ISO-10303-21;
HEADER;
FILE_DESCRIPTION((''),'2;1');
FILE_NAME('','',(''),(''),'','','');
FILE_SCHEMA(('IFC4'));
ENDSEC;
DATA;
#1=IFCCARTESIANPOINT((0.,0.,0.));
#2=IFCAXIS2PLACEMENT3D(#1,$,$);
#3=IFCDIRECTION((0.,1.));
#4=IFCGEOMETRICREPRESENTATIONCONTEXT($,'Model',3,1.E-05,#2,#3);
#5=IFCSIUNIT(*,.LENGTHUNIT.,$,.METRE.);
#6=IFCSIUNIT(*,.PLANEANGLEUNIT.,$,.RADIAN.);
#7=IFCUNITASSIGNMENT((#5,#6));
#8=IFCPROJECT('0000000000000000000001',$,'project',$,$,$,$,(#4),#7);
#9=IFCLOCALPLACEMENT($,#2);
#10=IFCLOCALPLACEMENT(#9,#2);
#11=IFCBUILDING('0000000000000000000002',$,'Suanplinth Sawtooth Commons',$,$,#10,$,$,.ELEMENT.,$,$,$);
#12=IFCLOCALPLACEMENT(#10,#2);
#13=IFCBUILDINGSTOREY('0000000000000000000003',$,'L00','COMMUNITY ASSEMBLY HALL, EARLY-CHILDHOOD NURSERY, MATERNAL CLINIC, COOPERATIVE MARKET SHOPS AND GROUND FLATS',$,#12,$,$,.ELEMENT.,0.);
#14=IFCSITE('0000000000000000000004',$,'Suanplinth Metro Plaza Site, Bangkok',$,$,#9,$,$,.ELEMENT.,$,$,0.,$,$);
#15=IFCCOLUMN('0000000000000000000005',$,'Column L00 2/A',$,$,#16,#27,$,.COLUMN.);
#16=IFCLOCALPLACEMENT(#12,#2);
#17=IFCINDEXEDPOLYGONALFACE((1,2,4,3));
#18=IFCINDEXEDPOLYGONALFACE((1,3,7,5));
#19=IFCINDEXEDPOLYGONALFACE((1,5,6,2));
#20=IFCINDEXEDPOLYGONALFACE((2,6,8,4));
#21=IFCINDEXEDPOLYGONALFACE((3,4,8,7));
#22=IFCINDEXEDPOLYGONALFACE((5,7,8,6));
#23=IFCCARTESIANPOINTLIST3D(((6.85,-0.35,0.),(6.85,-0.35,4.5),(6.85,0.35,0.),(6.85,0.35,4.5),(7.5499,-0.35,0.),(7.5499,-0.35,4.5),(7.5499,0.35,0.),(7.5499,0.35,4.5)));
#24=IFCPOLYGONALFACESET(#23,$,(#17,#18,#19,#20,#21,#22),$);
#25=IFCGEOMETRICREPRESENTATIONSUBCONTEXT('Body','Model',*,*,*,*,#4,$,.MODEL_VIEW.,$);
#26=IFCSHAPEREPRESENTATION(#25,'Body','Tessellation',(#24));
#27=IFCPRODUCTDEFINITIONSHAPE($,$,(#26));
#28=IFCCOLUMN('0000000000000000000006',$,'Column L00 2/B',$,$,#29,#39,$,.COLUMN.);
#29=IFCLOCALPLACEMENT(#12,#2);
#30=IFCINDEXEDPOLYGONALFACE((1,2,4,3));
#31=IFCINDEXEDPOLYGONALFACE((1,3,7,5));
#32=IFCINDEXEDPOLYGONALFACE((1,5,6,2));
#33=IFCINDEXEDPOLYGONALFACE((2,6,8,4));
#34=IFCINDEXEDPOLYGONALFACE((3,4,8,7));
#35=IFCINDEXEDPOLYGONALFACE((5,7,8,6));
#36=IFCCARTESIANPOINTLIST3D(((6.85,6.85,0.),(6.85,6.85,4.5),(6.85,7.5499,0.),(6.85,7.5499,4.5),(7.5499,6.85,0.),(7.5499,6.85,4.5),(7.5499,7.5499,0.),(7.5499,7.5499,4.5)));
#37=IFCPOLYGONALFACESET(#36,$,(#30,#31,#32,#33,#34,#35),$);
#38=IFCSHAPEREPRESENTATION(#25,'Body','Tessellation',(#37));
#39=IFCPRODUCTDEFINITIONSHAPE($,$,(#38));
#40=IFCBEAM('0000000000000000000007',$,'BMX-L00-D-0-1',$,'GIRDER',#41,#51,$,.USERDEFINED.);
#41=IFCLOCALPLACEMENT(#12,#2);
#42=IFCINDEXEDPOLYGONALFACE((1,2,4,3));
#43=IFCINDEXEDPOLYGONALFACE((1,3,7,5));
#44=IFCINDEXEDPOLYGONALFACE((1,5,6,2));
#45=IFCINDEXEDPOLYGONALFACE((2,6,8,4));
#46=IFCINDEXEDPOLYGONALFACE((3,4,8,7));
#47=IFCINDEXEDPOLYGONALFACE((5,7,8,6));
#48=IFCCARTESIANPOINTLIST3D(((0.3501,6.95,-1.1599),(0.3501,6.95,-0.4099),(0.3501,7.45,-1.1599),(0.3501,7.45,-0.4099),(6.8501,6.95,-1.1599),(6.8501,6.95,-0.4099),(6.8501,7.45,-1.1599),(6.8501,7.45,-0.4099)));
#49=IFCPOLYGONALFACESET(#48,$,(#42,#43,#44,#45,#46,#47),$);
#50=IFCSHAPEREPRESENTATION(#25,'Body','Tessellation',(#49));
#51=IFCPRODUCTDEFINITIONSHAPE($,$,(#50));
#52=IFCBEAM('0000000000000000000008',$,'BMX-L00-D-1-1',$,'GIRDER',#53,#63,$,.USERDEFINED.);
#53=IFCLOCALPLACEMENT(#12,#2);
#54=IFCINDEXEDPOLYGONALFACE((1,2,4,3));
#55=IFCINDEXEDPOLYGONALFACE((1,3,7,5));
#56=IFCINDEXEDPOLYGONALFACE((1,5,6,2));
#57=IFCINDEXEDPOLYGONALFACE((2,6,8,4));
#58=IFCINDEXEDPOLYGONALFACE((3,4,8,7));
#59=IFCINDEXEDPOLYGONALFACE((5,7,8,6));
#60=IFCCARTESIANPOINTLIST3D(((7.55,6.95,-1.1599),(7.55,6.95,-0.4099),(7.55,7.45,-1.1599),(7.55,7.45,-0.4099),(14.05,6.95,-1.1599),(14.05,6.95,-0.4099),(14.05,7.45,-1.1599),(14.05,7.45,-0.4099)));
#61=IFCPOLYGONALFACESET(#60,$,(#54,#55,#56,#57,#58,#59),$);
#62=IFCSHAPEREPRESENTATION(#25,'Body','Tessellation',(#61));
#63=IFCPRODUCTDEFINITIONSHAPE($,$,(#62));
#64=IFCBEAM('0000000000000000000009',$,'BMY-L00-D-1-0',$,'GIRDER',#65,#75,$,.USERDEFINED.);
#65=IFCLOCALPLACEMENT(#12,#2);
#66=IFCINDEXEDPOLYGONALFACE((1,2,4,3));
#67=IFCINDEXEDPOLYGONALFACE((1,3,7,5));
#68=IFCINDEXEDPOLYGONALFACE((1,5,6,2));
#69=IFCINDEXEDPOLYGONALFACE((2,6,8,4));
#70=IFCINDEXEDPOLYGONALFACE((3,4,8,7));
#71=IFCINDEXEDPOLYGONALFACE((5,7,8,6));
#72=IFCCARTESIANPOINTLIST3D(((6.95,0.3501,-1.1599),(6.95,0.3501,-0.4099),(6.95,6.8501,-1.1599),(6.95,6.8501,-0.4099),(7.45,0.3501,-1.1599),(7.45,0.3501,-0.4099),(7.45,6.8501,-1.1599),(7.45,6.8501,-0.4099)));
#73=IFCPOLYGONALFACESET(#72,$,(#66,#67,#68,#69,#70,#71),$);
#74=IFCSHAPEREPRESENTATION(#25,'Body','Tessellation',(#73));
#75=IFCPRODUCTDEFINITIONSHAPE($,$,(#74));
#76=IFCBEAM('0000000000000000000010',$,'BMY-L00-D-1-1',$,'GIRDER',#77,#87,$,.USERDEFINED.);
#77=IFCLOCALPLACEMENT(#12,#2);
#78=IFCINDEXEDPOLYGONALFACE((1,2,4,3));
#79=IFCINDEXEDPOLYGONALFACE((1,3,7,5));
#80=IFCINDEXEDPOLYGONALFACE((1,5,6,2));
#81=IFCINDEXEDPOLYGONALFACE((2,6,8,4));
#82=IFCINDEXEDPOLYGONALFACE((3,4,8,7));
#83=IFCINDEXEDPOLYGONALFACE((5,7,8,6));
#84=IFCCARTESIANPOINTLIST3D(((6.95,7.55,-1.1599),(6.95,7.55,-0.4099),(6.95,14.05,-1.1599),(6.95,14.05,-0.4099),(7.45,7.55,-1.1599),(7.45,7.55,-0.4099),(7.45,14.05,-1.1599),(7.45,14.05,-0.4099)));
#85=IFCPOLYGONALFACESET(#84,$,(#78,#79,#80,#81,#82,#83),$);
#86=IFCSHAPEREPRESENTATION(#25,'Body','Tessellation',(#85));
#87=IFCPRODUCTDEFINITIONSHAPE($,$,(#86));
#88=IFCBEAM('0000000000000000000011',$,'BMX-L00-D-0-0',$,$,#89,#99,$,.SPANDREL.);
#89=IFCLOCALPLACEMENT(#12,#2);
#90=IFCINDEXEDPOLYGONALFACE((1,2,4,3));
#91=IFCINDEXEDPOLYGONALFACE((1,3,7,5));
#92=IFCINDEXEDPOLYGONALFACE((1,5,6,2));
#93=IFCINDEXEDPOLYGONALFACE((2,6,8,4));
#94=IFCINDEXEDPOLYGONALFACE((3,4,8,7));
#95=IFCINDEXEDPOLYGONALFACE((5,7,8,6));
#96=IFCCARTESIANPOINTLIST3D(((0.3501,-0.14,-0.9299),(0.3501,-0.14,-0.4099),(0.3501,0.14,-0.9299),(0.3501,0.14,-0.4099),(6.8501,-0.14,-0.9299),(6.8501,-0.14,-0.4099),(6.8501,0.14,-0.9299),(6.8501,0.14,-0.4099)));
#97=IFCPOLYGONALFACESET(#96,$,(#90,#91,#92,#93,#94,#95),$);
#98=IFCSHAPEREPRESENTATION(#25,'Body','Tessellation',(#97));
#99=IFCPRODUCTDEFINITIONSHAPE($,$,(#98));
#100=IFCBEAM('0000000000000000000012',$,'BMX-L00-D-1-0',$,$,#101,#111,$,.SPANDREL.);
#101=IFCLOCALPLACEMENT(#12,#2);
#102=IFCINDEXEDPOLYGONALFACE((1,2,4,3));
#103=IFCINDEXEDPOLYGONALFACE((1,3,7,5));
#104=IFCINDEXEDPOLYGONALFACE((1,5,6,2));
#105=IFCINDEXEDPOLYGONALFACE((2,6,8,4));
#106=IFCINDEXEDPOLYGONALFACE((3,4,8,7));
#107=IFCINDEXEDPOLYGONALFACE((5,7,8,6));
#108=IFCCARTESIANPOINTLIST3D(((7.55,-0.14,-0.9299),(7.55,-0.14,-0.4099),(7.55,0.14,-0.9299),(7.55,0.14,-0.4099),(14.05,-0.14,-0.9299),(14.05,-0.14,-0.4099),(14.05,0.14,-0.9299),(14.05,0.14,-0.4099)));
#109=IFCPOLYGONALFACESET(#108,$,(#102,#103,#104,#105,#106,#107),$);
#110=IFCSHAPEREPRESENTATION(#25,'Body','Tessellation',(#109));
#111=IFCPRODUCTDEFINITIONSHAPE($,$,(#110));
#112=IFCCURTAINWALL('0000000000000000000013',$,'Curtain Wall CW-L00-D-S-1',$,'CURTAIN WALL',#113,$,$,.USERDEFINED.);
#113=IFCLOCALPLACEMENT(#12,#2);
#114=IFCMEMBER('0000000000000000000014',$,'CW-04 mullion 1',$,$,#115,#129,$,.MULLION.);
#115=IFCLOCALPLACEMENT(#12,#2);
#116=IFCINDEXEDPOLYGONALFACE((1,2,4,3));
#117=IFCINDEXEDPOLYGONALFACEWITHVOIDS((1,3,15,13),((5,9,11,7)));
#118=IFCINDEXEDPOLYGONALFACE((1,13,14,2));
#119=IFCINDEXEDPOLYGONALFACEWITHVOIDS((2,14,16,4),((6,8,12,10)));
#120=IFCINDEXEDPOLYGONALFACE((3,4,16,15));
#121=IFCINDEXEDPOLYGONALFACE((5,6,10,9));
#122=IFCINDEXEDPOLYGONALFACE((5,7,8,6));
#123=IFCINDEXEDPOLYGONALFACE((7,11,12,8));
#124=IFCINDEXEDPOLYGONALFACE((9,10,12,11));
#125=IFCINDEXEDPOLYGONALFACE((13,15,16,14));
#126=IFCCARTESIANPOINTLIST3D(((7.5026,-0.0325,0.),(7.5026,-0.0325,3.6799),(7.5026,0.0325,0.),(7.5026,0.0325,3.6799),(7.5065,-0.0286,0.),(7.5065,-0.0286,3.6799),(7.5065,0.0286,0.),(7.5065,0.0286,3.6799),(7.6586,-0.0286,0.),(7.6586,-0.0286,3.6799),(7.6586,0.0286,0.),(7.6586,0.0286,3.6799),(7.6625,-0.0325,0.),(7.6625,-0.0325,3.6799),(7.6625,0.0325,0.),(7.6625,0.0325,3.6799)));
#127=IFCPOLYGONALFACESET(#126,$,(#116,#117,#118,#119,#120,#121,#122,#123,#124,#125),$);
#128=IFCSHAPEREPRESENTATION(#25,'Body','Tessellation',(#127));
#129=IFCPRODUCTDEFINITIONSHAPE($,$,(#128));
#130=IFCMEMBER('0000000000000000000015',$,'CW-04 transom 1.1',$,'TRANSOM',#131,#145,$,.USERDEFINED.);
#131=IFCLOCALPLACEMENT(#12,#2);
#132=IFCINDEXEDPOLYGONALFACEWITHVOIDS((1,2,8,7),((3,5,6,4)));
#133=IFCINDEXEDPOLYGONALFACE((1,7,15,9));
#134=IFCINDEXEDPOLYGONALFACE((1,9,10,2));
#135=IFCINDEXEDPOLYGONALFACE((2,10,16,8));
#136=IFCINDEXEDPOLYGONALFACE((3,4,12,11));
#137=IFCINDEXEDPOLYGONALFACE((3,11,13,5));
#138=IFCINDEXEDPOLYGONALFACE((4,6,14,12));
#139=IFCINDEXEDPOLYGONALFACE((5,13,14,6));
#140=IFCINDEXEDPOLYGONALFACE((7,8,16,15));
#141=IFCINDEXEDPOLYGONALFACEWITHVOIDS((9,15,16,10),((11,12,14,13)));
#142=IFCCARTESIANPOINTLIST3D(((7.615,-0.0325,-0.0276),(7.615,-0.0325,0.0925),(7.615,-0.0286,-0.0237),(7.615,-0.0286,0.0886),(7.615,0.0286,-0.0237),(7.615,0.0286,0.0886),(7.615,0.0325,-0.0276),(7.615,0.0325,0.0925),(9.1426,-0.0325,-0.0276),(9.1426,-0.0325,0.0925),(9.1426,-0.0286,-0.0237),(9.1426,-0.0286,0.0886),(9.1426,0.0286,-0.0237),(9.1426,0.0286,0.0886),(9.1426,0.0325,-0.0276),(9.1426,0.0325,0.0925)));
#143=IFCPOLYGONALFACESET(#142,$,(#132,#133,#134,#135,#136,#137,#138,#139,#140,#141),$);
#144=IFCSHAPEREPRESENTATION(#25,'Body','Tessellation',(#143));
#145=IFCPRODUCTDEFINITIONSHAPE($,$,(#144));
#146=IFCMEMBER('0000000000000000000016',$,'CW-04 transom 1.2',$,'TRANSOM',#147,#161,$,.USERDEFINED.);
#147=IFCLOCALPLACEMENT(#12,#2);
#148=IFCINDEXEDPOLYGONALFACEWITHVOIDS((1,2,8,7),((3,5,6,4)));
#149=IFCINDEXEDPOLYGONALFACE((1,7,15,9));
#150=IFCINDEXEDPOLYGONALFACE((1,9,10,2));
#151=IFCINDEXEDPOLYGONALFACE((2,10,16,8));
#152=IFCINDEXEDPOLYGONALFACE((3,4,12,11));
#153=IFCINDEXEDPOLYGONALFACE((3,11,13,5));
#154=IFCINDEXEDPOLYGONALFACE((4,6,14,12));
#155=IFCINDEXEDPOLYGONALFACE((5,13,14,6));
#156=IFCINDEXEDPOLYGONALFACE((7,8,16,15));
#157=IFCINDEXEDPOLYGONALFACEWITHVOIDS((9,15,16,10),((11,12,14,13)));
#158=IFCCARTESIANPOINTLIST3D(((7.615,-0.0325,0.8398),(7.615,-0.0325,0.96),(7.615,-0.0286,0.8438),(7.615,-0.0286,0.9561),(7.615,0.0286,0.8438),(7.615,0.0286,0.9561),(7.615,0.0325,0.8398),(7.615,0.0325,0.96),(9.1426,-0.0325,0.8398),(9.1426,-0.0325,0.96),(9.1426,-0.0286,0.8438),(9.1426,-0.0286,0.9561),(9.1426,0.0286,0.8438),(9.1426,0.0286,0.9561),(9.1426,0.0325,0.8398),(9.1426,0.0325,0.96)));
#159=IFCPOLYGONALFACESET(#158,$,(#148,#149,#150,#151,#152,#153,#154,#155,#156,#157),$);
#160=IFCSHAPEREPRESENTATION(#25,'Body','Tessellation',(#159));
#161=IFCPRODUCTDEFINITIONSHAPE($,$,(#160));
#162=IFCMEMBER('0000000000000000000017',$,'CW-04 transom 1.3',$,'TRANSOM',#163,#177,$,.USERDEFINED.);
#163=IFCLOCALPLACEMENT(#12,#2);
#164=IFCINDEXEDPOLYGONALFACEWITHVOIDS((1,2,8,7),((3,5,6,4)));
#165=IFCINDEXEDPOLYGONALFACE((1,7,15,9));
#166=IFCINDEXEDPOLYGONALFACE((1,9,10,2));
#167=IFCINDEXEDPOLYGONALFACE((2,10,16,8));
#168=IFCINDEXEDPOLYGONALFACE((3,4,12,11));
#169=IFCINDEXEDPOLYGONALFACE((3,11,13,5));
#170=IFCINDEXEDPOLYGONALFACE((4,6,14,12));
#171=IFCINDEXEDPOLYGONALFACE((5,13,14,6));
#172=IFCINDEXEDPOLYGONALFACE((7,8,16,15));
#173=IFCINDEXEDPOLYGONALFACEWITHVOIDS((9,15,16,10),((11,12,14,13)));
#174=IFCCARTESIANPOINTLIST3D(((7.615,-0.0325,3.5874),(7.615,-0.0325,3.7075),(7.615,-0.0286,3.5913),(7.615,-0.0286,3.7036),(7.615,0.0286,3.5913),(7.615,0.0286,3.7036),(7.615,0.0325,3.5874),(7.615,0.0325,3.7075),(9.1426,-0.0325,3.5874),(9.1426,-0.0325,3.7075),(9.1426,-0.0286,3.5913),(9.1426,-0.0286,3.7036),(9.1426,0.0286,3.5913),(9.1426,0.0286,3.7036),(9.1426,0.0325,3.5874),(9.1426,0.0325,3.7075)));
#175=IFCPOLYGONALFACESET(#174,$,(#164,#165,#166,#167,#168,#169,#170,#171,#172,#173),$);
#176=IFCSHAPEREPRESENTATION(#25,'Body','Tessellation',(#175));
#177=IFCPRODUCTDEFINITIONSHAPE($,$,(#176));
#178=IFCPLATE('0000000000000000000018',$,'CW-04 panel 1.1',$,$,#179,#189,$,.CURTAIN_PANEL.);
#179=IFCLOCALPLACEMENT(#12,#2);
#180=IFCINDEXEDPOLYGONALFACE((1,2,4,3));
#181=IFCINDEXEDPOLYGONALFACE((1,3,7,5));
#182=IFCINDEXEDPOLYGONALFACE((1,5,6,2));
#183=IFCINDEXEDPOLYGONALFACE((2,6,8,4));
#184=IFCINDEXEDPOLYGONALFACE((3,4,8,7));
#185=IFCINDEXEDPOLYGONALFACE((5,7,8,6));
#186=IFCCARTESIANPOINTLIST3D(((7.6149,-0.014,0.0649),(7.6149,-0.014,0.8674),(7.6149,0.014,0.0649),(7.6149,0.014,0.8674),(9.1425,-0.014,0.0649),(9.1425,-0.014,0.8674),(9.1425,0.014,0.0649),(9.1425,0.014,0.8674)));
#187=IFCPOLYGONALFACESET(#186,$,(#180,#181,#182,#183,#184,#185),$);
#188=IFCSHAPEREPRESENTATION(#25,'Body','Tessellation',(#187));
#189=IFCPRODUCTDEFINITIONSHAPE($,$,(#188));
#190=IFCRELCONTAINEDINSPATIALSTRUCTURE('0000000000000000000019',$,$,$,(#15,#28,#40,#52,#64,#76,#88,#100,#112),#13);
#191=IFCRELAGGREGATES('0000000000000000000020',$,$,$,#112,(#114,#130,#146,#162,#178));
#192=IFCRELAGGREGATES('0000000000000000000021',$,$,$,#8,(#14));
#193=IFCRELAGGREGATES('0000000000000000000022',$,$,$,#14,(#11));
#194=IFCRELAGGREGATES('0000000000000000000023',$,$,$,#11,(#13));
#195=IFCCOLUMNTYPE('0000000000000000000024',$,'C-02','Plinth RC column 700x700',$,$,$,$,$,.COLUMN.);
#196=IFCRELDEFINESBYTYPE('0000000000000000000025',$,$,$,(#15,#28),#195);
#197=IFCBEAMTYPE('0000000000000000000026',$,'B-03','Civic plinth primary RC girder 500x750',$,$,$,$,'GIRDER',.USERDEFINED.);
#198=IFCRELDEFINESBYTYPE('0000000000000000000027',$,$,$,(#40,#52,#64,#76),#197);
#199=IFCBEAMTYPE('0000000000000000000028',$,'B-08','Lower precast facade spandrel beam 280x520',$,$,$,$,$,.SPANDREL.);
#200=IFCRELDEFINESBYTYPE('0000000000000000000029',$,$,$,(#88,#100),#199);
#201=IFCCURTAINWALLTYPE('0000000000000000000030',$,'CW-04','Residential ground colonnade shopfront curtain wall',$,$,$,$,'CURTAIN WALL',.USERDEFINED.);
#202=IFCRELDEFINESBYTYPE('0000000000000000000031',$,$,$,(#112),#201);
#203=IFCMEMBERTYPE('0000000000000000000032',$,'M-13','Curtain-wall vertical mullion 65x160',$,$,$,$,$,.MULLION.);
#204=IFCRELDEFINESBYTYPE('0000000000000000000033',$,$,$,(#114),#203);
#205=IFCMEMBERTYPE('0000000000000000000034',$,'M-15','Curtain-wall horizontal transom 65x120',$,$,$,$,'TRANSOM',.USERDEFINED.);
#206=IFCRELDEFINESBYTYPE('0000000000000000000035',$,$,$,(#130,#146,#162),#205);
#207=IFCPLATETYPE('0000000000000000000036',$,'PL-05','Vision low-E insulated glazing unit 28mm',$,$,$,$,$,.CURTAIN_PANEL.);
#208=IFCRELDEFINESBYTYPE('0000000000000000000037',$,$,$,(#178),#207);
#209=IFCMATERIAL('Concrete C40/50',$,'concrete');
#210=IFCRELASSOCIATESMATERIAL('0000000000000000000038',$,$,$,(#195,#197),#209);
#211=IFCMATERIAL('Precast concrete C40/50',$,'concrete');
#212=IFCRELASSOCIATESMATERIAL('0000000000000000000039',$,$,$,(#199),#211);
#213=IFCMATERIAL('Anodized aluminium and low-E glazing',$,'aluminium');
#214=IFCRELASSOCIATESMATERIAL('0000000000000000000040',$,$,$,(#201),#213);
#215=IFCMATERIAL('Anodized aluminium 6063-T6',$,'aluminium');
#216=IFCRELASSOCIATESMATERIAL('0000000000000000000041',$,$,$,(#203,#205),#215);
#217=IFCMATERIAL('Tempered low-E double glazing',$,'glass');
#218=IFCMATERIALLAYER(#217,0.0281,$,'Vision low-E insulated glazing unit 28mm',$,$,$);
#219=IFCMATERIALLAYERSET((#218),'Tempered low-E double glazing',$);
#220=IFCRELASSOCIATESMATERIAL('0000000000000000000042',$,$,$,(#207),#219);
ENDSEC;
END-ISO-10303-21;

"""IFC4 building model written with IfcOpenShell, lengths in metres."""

from ifc_helpers import new_model, si_unit, direction, frame, origin, origin_2d, place, context, subcontext, project, spatial, rectangle, hollow_rectangle, extrude, material, layer, layer_set, material_profile, profile_set, type_object, element, aggregate, save


model = new_model("IFC4")

# Units and contexts
model_context = context("Model", 3, precision=1e-05, world=origin(), true_north=direction((0.0, 1.0)))
body_context = subcontext(model_context, "Body", "Model", "MODEL_VIEW")
ifc_project = project(units=[si_unit("LENGTHUNIT", "METRE"), si_unit("PLANEANGLEUNIT", "RADIAN")], contexts=[model_context])

# Site, building, storey
site_placement = place(None, origin())
site = spatial("IfcSite", under=ifc_project, at=site_placement, Name="Suanplinth Metro Plaza Site, Bangkok", CompositionType="ELEMENT", RefElevation=0.0)
building_placement = place(site_placement, origin())
building = spatial("IfcBuilding", under=site, at=building_placement, Name="Suanplinth Sawtooth Commons", CompositionType="ELEMENT")
storey_placement = place(building_placement, origin())
storey = spatial("IfcBuildingStorey", under=building, at=storey_placement, Name="L00", Description="COMMUNITY ASSEMBLY HALL, EARLY-CHILDHOOD NURSERY, MATERNAL CLINIC, COOPERATIVE MARKET SHOPS AND GROUND FLATS", CompositionType="ELEMENT", Elevation=0.0)

# Columns
ifc_material_1 = material(Name="Concrete C40/50", Category="concrete")
ifc_material_profile_1 = material_profile(ifc_material_1, rectangle(XDim=0.7, YDim=0.7, at=origin_2d()), Name="RC-COL 700x700")
ifc_profile_set_1 = profile_set([ifc_material_profile_1], Name="Concrete C40/50")
column_type = type_object("IfcColumnType", Name="C-02", Description="Plinth RC column 700x700", PredefinedType="COLUMN", material=ifc_profile_set_1)
for number, where, z_axis, x_axis, name in (
    (1, (7.2, 0.0, 0.0), (0.0, 0.0, 1.0), (1.0, 0.0, 0.0), "Column L00 2/A"),
    (2, (7.2, 7.2, 0.0), (0.0, 0.0, 1.0), (1.0, 0.0, 0.0), "Column L00 2/B"),
):
    element("IfcColumn", number, at=place(storey_placement, frame(where, z_axis=z_axis, x_axis=x_axis)), inside=storey, type_object=column_type, Name=name, PredefinedType="COLUMN", context=body_context, shape_type="SweptSolid", body=[
        extrude(rectangle(XDim=0.7, YDim=0.7, at=origin_2d()), origin(), (0.0, 0.0, 1.0), 4.5),
    ])

# Beams
ifc_material_profile_2 = material_profile(ifc_material_1, rectangle(XDim=0.5, YDim=0.75, at=origin_2d()), Name="RC-GDR 500x750")
ifc_profile_set_2 = profile_set([ifc_material_profile_2], Name="Concrete C40/50")
beam_type_1 = type_object("IfcBeamType", Name="B-03", Description="Civic plinth primary RC girder 500x750", ElementType="GIRDER", PredefinedType="USERDEFINED", material=ifc_profile_set_2)
for number, where, z_axis, x_axis, name in (
    (3, (0.3501, 7.2, -0.7849), (1.0, 0.0, 0.0), (0.0, 1.0, 0.0), "BMX-L00-D-0-1"),
    (4, (7.55, 7.2, -0.7849), (1.0, 0.0, 0.0), (0.0, 1.0, 0.0), "BMX-L00-D-1-1"),
    (5, (7.2, 0.3501, -0.7849), (0.0, 1.0, 0.0), (-1.0, 0.0, 0.0), "BMY-L00-D-1-0"),
    (6, (7.2, 7.55, -0.7849), (0.0, 1.0, 0.0), (-1.0, 0.0, 0.0), "BMY-L00-D-1-1"),
):
    element("IfcBeam", number, at=place(storey_placement, frame(where, z_axis=z_axis, x_axis=x_axis)), inside=storey, type_object=beam_type_1, Name=name, ObjectType="GIRDER", PredefinedType="USERDEFINED", context=body_context, shape_type="SweptSolid", body=[
        extrude(rectangle(XDim=0.5, YDim=0.75, at=origin_2d()), origin(), (0.0, 0.0, 1.0), 6.5),
    ])
ifc_material_2 = material(Name="Precast concrete C40/50", Category="concrete")
ifc_material_profile_3 = material_profile(ifc_material_2, rectangle(XDim=0.28, YDim=0.52, at=origin_2d()), Name="PC-SP 280x520")
ifc_profile_set_3 = profile_set([ifc_material_profile_3], Name="Precast concrete C40/50")
beam_type_2 = type_object("IfcBeamType", Name="B-08", Description="Lower precast facade spandrel beam 280x520", PredefinedType="SPANDREL", material=ifc_profile_set_3)
for number, where, z_axis, x_axis, name in (
    (7, (0.3501, 0.0, -0.6699), (1.0, 0.0, 0.0), (0.0, 1.0, 0.0), "BMX-L00-D-0-0"),
    (8, (7.55, 0.0, -0.6699), (1.0, 0.0, 0.0), (0.0, 1.0, 0.0), "BMX-L00-D-1-0"),
):
    element("IfcBeam", number, at=place(storey_placement, frame(where, z_axis=z_axis, x_axis=x_axis)), inside=storey, type_object=beam_type_2, Name=name, PredefinedType="SPANDREL", context=body_context, shape_type="SweptSolid", body=[
        extrude(rectangle(XDim=0.28, YDim=0.52, at=origin_2d()), origin(), (0.0, 0.0, 1.0), 6.5),
    ])

# Curtain wall, members, plate
ifc_material_3 = material(Name="Anodized aluminium and low-E glazing", Category="aluminium")
curtain_wall_type = type_object("IfcCurtainWallType", Name="CW-04", Description="Residential ground colonnade shopfront curtain wall", ElementType="CURTAIN WALL", PredefinedType="USERDEFINED", material=ifc_material_3)
curtain_wall_placement = place(storey_placement, origin())
curtain_wall = element("IfcCurtainWall", 9, at=curtain_wall_placement, inside=storey, type_object=curtain_wall_type, Name="Curtain Wall CW-L00-D-S-1", ObjectType="CURTAIN WALL", PredefinedType="USERDEFINED")
ifc_material_4 = material(Name="Anodized aluminium 6063-T6", Category="aluminium")
ifc_material_profile_4 = material_profile(ifc_material_4, hollow_rectangle(XDim=0.0649, YDim=0.1599, WallThickness=0.0039, at=origin_2d()), Name="ALU-MUL 65x160")
ifc_profile_set_4 = profile_set([ifc_material_profile_4], Name="Anodized aluminium 6063-T6")
member_type_1 = type_object("IfcMemberType", Name="M-13", Description="Curtain-wall vertical mullion 65x160", PredefinedType="MULLION", material=ifc_profile_set_4)
member_1_placement = place(storey_placement, frame((7.5825, 0.0, 0.0), z_axis=(0.0, 0.0, 1.0), x_axis=(0.0, 1.0, 0.0)))
member_1 = element("IfcMember", 10, at=member_1_placement, type_object=member_type_1, Name="CW-04 mullion 1", PredefinedType="MULLION", context=body_context, shape_type="SweptSolid", body=[
    extrude(hollow_rectangle(XDim=0.0649, YDim=0.1599, WallThickness=0.0039, at=origin_2d()), origin(), (0.0, 0.0, 1.0), 3.6799),
])
ifc_material_profile_5 = material_profile(ifc_material_4, hollow_rectangle(XDim=0.0649, YDim=0.1201, WallThickness=0.0039, at=origin_2d()), Name="ALU-TRN 65x120")
ifc_profile_set_5 = profile_set([ifc_material_profile_5], Name="Anodized aluminium 6063-T6")
member_type_2 = type_object("IfcMemberType", Name="M-15", Description="Curtain-wall horizontal transom 65x120", ElementType="TRANSOM", PredefinedType="USERDEFINED", material=ifc_profile_set_5)
member_2_placement = place(storey_placement, frame((7.615, 0.0, 0.0325), z_axis=(1.0, 0.0, 0.0), x_axis=(0.0, 1.0, 0.0)))
member_2 = element("IfcMember", 11, at=member_2_placement, type_object=member_type_2, Name="CW-04 transom 1.1", ObjectType="TRANSOM", PredefinedType="USERDEFINED", context=body_context, shape_type="SweptSolid", body=[
    extrude(hollow_rectangle(XDim=0.0649, YDim=0.1201, WallThickness=0.0039, at=origin_2d()), origin(), (0.0, 0.0, 1.0), 1.5276),
])
member_3_placement = place(storey_placement, frame((7.615, 0.0, 0.8999), z_axis=(1.0, 0.0, 0.0), x_axis=(0.0, 1.0, 0.0)))
member_3 = element("IfcMember", 12, at=member_3_placement, type_object=member_type_2, Name="CW-04 transom 1.2", ObjectType="TRANSOM", PredefinedType="USERDEFINED", context=body_context, shape_type="SweptSolid", body=[
    extrude(hollow_rectangle(XDim=0.0649, YDim=0.1201, WallThickness=0.0039, at=origin_2d()), origin(), (0.0, 0.0, 1.0), 1.5276),
])
member_4_placement = place(storey_placement, frame((7.615, 0.0, 3.6475), z_axis=(1.0, 0.0, 0.0), x_axis=(0.0, 1.0, 0.0)))
member_4 = element("IfcMember", 13, at=member_4_placement, type_object=member_type_2, Name="CW-04 transom 1.3", ObjectType="TRANSOM", PredefinedType="USERDEFINED", context=body_context, shape_type="SweptSolid", body=[
    extrude(hollow_rectangle(XDim=0.0649, YDim=0.1201, WallThickness=0.0039, at=origin_2d()), origin(), (0.0, 0.0, 1.0), 1.5276),
])
ifc_material_5 = material(Name="Tempered low-E double glazing", Category="glass")
ifc_layer_1 = layer(ifc_material_5, 0.0281, Name="Vision low-E insulated glazing unit 28mm")
ifc_layer_set_1 = layer_set([ifc_layer_1], Name="Tempered low-E double glazing")
plate_type = type_object("IfcPlateType", Name="PL-05", Description="Vision low-E insulated glazing unit 28mm", PredefinedType="CURTAIN_PANEL", material=ifc_layer_set_1)
plate_1_placement = place(storey_placement, frame((8.3787, 0.0, 0.0649), z_axis=(0.0, 0.0, 1.0), x_axis=(1.0, 0.0, 0.0)))
plate_1 = element("IfcPlate", 14, at=plate_1_placement, type_object=plate_type, Name="CW-04 panel 1.1", PredefinedType="CURTAIN_PANEL", context=body_context, shape_type="SweptSolid", body=[
    extrude(rectangle(XDim=1.5276, YDim=0.0281, at=origin_2d()), origin(), (0.0, 0.0, 1.0), 0.8025),
])
aggregate(curtain_wall, [member_1, member_2, member_3, member_4, plate_1])

save(model, "model.ifc")
